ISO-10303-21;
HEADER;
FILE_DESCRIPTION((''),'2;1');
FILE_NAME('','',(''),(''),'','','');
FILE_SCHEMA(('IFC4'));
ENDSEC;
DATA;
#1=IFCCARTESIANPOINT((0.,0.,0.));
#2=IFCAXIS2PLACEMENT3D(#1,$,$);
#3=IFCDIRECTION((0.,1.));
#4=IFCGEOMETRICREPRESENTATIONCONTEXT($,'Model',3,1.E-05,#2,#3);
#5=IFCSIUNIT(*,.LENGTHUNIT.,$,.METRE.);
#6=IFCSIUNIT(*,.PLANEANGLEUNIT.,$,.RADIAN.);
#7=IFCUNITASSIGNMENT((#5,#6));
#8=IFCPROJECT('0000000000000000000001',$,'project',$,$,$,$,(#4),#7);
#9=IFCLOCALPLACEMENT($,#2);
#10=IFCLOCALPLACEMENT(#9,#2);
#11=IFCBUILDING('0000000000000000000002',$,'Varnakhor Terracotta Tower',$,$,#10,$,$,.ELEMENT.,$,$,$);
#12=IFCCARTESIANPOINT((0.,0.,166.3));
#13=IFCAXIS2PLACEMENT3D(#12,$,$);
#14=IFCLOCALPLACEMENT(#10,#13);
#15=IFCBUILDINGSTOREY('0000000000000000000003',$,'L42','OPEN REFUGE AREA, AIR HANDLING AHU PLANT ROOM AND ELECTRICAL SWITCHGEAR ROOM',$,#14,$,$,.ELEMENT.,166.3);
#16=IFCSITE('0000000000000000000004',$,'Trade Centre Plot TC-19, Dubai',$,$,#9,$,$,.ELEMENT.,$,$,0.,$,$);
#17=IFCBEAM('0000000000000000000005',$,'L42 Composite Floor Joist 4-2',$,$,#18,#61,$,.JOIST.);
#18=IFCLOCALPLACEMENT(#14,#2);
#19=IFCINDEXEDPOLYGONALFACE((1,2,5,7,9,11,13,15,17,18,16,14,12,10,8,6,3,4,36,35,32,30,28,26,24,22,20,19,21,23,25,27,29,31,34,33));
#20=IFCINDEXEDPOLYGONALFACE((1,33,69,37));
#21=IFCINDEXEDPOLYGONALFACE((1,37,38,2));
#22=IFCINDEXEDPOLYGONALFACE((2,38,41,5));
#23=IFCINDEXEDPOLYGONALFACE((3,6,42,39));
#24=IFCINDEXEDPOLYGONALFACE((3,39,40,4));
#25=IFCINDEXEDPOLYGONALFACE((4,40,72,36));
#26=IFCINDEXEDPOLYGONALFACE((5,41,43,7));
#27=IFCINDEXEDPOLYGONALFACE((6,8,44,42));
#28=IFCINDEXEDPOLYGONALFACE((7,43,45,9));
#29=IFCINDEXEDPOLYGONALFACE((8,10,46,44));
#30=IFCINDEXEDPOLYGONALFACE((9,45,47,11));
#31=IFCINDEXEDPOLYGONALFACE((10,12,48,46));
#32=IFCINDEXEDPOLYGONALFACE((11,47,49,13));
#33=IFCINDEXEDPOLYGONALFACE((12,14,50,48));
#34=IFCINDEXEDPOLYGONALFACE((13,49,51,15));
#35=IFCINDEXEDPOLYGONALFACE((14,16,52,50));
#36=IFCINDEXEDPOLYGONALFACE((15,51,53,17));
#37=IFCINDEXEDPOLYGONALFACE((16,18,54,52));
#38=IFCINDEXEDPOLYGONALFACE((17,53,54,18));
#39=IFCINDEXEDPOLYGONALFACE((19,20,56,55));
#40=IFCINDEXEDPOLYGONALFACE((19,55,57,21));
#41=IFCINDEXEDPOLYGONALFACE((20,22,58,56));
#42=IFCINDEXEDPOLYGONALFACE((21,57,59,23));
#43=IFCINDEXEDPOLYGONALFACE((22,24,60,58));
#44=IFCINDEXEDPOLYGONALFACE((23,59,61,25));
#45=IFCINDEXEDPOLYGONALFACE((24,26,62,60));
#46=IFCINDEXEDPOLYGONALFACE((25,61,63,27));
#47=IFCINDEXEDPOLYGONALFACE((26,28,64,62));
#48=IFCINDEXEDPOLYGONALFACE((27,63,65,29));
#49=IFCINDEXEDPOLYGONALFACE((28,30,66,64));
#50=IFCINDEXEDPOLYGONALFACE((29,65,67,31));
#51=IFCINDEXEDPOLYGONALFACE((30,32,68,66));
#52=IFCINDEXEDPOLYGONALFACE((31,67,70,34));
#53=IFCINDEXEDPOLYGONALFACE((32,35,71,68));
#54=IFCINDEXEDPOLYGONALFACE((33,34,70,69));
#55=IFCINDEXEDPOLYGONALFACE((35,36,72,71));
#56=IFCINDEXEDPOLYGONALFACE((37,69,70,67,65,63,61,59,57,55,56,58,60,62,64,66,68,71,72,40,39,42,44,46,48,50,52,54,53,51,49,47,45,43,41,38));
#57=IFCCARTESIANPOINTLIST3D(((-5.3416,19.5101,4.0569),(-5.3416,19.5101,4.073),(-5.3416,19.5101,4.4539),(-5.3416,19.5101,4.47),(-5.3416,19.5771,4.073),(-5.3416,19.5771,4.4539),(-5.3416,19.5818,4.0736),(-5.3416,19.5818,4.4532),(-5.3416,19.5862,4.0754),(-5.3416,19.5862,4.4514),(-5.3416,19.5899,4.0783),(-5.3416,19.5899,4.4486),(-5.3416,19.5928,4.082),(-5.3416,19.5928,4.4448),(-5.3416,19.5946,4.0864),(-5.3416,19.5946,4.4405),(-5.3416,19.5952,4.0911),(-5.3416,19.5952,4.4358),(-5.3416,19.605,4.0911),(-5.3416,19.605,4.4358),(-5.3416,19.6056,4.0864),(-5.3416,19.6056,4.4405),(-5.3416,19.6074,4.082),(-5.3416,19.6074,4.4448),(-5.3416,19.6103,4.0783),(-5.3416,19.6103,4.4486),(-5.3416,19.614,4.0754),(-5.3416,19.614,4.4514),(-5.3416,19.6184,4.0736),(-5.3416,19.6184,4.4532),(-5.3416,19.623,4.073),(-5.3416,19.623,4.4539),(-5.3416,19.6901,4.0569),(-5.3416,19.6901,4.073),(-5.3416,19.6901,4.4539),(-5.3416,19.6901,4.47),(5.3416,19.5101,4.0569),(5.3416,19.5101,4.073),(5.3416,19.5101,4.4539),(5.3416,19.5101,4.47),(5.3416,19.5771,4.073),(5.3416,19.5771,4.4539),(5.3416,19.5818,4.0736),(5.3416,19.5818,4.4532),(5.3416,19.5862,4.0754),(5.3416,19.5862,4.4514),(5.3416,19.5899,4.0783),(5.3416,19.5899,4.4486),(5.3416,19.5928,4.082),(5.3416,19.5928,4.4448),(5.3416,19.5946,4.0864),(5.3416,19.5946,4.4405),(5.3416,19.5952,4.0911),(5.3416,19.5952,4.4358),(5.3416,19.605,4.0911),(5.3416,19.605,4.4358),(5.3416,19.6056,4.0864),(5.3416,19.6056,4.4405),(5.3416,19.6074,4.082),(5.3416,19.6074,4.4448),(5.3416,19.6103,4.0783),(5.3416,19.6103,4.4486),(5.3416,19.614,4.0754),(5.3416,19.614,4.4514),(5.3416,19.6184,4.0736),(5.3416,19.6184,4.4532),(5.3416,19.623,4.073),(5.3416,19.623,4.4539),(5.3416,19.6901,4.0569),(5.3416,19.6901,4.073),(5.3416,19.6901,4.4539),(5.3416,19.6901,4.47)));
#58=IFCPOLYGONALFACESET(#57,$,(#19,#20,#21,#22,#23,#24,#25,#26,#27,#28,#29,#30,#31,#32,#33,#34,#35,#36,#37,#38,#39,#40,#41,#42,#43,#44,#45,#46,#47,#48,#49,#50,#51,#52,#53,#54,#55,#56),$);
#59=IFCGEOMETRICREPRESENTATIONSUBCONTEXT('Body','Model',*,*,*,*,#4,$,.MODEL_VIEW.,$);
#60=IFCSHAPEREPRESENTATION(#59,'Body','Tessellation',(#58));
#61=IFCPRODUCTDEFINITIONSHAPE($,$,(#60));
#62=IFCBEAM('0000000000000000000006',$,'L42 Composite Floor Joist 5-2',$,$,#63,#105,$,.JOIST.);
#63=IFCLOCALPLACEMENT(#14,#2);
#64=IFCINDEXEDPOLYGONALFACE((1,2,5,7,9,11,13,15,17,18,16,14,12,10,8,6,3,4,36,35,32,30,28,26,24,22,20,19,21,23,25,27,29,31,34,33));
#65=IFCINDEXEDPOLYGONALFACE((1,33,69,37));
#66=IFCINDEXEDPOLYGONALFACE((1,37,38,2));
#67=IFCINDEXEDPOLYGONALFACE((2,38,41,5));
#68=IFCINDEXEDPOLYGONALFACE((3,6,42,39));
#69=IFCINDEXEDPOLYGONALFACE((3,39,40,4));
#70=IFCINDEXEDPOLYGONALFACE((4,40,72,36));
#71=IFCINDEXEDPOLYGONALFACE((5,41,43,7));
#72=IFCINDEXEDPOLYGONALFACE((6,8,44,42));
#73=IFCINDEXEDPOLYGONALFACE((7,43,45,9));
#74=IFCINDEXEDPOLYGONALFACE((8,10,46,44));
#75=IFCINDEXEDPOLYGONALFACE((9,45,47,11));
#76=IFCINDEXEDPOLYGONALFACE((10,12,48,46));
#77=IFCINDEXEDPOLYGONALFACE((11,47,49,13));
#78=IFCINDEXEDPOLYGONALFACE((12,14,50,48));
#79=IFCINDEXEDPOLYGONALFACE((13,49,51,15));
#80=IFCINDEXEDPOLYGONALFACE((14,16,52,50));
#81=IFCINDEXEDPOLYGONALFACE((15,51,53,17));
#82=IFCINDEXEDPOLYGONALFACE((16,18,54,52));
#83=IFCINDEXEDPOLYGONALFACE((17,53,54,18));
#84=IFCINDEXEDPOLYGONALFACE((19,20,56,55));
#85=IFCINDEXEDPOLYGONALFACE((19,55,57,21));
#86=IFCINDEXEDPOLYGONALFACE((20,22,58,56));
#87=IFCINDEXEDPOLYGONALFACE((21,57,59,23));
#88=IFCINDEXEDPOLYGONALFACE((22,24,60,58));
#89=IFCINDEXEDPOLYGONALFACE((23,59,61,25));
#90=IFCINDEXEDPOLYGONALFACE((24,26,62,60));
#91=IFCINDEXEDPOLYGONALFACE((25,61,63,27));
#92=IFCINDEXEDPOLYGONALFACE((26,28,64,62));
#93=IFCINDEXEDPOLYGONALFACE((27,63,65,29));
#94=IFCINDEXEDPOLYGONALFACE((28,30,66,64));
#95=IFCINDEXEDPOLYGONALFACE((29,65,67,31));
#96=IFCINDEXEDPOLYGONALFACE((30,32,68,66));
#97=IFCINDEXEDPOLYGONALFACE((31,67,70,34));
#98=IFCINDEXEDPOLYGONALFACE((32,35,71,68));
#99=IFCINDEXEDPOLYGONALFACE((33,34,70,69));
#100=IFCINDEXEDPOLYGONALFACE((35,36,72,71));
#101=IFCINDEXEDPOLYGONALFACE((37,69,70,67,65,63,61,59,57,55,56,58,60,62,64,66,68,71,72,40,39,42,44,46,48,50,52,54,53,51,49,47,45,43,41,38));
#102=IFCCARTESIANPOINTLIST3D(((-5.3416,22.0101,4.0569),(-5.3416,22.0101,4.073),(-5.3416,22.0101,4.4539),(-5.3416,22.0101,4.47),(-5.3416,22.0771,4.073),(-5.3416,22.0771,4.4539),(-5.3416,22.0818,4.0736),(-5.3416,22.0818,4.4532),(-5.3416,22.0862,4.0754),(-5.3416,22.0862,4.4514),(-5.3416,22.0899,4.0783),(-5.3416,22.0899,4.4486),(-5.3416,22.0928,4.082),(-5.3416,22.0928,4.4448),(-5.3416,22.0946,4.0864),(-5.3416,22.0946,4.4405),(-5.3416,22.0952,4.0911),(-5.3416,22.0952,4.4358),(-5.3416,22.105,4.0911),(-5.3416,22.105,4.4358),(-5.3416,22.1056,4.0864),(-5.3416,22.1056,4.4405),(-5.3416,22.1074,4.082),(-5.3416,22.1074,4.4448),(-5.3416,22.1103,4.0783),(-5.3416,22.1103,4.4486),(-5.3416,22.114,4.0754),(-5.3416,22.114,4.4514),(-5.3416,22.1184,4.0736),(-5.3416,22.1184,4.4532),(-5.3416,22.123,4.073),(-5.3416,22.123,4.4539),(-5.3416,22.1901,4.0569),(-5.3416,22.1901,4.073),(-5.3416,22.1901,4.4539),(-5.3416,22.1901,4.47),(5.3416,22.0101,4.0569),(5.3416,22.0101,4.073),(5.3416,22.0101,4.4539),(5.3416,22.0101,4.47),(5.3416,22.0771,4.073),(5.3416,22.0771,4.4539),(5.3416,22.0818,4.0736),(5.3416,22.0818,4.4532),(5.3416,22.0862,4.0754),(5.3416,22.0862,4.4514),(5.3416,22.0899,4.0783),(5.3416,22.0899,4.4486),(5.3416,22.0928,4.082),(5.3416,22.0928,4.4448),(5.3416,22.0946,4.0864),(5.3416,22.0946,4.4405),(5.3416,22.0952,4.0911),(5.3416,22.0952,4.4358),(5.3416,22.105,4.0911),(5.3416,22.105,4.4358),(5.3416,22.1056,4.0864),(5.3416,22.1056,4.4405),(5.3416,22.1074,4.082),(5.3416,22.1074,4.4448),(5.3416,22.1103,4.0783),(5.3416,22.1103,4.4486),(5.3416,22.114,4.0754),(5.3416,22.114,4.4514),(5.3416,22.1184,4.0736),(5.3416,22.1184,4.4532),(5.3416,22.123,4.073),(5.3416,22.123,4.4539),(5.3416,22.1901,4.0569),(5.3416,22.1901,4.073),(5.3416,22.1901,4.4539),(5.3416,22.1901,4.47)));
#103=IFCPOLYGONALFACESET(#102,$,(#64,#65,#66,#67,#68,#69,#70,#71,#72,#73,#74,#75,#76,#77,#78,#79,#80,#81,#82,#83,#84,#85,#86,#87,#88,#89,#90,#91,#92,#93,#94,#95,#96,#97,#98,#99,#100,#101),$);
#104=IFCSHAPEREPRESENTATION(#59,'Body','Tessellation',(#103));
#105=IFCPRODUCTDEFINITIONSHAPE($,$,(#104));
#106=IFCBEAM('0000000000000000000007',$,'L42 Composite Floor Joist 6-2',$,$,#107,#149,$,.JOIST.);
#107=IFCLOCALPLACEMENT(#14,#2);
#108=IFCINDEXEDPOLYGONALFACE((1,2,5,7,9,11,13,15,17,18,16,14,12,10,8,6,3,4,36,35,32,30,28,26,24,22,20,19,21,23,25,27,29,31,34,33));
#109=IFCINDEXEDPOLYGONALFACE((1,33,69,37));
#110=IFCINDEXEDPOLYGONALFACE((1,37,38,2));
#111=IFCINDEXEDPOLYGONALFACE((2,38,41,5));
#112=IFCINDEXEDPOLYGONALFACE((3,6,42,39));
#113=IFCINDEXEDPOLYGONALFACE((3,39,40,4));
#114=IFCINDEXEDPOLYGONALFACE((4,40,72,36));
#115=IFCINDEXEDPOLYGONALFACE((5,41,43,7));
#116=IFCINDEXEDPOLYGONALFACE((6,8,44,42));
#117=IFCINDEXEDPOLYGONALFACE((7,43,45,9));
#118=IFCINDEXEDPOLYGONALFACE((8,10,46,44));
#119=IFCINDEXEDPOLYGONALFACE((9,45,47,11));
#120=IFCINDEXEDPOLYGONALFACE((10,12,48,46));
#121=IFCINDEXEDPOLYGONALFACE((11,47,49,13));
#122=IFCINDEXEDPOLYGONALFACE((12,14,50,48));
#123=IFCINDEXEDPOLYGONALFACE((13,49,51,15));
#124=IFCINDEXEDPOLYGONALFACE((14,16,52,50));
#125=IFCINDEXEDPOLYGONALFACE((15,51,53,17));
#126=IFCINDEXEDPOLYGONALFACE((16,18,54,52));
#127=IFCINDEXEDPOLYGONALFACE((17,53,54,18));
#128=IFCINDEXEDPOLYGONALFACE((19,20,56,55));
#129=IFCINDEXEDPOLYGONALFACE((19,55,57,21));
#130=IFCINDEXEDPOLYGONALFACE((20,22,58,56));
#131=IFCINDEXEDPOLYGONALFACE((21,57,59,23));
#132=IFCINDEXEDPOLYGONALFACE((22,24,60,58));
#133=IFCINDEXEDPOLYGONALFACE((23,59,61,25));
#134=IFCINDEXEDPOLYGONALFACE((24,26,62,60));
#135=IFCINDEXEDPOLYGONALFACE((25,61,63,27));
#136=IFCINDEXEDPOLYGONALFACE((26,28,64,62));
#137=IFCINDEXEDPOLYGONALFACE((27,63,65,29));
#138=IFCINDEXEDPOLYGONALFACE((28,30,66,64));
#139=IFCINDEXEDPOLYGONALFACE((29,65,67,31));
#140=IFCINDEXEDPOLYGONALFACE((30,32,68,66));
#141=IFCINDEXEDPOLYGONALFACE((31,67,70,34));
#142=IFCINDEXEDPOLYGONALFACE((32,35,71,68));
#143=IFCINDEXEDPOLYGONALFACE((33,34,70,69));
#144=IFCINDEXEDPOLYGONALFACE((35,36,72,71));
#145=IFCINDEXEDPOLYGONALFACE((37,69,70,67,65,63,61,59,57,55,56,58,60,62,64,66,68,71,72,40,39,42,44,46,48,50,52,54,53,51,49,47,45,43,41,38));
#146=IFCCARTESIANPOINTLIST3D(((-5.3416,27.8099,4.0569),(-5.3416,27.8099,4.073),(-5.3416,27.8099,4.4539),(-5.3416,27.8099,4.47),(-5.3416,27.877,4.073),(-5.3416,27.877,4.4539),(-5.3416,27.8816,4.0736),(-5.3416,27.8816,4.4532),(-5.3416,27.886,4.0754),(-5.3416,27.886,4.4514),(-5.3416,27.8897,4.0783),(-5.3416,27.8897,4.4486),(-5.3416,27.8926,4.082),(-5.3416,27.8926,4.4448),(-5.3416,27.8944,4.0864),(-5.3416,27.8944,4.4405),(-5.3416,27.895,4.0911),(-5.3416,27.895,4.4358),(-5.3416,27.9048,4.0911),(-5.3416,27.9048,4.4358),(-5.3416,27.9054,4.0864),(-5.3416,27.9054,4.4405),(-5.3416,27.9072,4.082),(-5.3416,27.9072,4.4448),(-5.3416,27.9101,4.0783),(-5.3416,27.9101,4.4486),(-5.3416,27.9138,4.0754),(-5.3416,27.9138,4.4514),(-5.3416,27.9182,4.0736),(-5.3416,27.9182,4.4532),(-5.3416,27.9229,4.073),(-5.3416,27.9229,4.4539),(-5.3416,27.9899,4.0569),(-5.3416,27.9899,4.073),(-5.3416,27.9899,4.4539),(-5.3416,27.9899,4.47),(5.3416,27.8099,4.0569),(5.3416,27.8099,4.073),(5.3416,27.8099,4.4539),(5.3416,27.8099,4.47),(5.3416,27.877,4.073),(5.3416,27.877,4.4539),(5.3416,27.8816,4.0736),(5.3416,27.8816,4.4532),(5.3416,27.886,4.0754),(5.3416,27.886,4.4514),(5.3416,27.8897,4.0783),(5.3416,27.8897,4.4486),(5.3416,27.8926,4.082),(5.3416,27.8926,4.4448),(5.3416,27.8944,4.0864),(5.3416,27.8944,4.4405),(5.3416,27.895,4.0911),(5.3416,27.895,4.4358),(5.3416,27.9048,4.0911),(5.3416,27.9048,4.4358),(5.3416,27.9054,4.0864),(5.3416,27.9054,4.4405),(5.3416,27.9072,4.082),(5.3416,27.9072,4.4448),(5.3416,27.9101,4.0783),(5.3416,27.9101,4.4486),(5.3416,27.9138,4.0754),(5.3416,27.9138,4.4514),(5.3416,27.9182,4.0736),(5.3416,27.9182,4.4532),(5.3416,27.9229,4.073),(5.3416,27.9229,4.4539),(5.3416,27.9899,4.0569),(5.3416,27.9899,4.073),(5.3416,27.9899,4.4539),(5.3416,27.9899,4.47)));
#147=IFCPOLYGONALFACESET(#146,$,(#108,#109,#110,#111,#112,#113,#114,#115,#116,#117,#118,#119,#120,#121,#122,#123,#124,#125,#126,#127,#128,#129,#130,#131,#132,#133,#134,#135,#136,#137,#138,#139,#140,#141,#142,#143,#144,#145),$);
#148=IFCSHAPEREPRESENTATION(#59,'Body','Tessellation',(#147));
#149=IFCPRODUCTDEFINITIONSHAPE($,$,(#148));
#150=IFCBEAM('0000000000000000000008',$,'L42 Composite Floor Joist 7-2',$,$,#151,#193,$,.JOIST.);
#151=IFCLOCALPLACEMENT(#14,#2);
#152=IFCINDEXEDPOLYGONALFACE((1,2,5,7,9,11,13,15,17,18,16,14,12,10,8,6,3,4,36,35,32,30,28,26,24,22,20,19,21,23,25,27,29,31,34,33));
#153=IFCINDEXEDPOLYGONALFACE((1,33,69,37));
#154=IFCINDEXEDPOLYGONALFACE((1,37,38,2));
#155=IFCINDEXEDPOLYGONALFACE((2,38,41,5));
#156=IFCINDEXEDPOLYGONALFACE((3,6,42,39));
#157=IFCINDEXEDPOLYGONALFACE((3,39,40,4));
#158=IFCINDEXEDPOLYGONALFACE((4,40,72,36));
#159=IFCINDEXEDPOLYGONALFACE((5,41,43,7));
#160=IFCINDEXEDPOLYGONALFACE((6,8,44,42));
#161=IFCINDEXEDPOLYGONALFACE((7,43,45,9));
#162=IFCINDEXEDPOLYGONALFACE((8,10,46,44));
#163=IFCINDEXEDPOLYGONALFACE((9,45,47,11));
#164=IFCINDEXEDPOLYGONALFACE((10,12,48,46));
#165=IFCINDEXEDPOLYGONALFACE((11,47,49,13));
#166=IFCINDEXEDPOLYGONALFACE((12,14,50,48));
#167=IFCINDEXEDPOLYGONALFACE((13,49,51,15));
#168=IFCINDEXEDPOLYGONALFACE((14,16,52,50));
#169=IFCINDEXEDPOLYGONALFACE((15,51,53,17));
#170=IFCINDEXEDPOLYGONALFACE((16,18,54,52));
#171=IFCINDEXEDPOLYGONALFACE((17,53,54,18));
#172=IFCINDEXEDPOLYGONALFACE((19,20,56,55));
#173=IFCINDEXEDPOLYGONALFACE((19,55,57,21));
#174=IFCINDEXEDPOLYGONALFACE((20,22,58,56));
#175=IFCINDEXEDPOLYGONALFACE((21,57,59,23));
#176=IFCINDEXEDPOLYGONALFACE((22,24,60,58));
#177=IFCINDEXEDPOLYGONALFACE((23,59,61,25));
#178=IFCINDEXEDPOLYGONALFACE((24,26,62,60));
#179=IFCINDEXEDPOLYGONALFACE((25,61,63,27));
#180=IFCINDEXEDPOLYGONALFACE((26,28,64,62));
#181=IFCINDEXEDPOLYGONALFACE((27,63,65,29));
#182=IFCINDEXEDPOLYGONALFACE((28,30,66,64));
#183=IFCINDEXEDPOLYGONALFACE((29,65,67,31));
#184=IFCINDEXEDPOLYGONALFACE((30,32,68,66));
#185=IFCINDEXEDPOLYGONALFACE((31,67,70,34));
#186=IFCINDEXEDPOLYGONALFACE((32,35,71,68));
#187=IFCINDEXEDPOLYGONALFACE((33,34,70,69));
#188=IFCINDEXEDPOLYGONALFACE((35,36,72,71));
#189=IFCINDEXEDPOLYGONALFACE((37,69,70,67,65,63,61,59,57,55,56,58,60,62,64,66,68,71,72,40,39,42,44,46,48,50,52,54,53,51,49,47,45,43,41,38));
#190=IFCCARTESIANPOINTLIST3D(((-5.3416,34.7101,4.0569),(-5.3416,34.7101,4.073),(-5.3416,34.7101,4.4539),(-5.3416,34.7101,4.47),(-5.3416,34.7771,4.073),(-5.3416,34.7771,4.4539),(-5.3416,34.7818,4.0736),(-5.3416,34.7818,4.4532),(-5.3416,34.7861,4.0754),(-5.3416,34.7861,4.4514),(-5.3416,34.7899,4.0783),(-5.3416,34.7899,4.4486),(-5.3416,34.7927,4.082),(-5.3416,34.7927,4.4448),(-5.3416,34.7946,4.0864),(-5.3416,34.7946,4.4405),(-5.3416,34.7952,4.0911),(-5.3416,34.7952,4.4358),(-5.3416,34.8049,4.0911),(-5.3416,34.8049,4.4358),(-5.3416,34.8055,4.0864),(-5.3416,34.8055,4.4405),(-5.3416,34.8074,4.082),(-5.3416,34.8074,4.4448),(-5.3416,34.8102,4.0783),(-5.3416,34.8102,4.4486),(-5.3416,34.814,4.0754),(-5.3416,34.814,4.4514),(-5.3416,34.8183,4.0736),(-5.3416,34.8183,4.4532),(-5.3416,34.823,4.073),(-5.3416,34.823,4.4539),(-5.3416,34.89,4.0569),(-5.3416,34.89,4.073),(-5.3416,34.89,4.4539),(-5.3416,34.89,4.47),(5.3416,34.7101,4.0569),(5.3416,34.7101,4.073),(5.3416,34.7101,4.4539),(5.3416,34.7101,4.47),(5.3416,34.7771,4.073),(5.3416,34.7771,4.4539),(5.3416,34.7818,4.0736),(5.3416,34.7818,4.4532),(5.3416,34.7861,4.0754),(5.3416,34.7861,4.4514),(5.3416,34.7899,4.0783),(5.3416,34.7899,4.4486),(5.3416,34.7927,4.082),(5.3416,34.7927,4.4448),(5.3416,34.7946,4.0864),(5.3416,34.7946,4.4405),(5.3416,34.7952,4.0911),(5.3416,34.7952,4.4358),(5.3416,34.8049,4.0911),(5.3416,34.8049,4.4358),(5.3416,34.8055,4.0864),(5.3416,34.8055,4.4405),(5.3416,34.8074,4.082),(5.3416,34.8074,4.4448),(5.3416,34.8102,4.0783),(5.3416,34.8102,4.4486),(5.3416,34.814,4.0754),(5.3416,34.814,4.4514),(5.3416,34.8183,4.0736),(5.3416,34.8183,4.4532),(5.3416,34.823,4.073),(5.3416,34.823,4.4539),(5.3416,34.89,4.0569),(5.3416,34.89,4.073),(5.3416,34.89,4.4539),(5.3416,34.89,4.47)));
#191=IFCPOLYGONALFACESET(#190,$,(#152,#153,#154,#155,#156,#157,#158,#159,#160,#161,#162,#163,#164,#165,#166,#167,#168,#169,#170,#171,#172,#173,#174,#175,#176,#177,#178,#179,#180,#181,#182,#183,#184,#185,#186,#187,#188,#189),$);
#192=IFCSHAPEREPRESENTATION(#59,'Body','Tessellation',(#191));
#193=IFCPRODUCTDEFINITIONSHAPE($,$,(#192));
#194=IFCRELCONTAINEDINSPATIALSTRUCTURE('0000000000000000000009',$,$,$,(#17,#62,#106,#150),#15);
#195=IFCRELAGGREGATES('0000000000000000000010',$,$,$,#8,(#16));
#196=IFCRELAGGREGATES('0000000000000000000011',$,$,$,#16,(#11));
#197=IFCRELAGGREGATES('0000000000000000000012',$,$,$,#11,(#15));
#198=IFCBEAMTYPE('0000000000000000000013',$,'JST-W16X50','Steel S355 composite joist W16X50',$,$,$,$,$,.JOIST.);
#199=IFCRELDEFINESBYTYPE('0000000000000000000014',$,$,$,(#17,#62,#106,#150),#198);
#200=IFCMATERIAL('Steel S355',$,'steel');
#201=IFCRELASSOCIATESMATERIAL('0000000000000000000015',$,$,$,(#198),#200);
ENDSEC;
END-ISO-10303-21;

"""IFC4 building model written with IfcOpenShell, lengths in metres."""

from ifc_helpers import new_model, si_unit, direction, frame, origin, origin_2d, place, context, subcontext, project, spatial, i_section, extrude, source, transform, mapped, material, material_profile, profile_set, type_object, element, save


model = new_model("IFC4")

# Units and contexts
model_context = context("Model", 3, precision=1e-05, world=origin(), true_north=direction((0.0, 1.0)))
body_context = subcontext(model_context, "Body", "Model", "MODEL_VIEW")
ifc_project = project(units=[si_unit("LENGTHUNIT", "METRE"), si_unit("PLANEANGLEUNIT", "RADIAN")], contexts=[model_context])

# Site, building, storey
site_placement = place(None, origin())
site = spatial("IfcSite", under=ifc_project, at=site_placement, Name="Trade Centre Plot TC-19, Dubai", CompositionType="ELEMENT", RefElevation=0.0)
building_placement = place(site_placement, origin())
building = spatial("IfcBuilding", under=site, at=building_placement, Name="Varnakhor Terracotta Tower", CompositionType="ELEMENT")
storey_placement = place(building_placement, frame((0.0, 0.0, 166.3)))
storey = spatial("IfcBuildingStorey", under=building, at=storey_placement, Name="L42", Description="OPEN REFUGE AREA, AIR HANDLING AHU PLANT ROOM AND ELECTRICAL SWITCHGEAR ROOM", CompositionType="ELEMENT", Elevation=166.3)

# Beams
ifc_material_1 = material(Name="Steel S355", Category="steel")
ifc_material_profile_1 = material_profile(ifc_material_1, i_section(OverallWidth=0.1799, OverallDepth=0.4131, WebThickness=0.0098, FlangeThickness=0.0161, FilletRadius=0.0181, at=origin_2d()), Name="W16X50")
ifc_profile_set_1 = profile_set([ifc_material_profile_1], Name="Steel S355")
beam_type_1 = type_object("IfcBeamType", Name="JST-W16X50", Description="Steel S355 composite joist W16X50", PredefinedType="JOIST", material=ifc_profile_set_1)
shared_shape_1 = source(origin(), body_context, "Body", "SweptSolid", [
    extrude(i_section(OverallWidth=0.1799, OverallDepth=0.4131, WebThickness=0.0098, FlangeThickness=0.0161, FilletRadius=0.0181, at=origin_2d()), origin(), (0.0, 0.0, 1.0), 10.6831),
])
for number, where, z_axis, x_axis, name in (
    (1, (-5.3416, 19.6001, 4.2634), (1.0, 0.0, 0.0), (0.0, 1.0, 0.0), "L42 Composite Floor Joist 4-2"),
    (2, (-5.3416, 22.1001, 4.2634), (1.0, 0.0, 0.0), (0.0, 1.0, 0.0), "L42 Composite Floor Joist 5-2"),
    (3, (-5.3416, 27.8999, 4.2634), (1.0, 0.0, 0.0), (0.0, 1.0, 0.0), "L42 Composite Floor Joist 6-2"),
    (4, (-5.3416, 34.8, 4.2634), (1.0, 0.0, 0.0), (0.0, 1.0, 0.0), "L42 Composite Floor Joist 7-2"),
):
    element("IfcBeam", number, at=place(storey_placement, frame(where, z_axis=z_axis, x_axis=x_axis)), inside=storey, type_object=beam_type_1, Name=name, PredefinedType="JOIST", context=body_context, shape_type="MappedRepresentation", body=[
        mapped(shared_shape_1, transform((0.0, 0.0, 0.0), scale=1.0)),
    ])

save(model, "model.ifc")
